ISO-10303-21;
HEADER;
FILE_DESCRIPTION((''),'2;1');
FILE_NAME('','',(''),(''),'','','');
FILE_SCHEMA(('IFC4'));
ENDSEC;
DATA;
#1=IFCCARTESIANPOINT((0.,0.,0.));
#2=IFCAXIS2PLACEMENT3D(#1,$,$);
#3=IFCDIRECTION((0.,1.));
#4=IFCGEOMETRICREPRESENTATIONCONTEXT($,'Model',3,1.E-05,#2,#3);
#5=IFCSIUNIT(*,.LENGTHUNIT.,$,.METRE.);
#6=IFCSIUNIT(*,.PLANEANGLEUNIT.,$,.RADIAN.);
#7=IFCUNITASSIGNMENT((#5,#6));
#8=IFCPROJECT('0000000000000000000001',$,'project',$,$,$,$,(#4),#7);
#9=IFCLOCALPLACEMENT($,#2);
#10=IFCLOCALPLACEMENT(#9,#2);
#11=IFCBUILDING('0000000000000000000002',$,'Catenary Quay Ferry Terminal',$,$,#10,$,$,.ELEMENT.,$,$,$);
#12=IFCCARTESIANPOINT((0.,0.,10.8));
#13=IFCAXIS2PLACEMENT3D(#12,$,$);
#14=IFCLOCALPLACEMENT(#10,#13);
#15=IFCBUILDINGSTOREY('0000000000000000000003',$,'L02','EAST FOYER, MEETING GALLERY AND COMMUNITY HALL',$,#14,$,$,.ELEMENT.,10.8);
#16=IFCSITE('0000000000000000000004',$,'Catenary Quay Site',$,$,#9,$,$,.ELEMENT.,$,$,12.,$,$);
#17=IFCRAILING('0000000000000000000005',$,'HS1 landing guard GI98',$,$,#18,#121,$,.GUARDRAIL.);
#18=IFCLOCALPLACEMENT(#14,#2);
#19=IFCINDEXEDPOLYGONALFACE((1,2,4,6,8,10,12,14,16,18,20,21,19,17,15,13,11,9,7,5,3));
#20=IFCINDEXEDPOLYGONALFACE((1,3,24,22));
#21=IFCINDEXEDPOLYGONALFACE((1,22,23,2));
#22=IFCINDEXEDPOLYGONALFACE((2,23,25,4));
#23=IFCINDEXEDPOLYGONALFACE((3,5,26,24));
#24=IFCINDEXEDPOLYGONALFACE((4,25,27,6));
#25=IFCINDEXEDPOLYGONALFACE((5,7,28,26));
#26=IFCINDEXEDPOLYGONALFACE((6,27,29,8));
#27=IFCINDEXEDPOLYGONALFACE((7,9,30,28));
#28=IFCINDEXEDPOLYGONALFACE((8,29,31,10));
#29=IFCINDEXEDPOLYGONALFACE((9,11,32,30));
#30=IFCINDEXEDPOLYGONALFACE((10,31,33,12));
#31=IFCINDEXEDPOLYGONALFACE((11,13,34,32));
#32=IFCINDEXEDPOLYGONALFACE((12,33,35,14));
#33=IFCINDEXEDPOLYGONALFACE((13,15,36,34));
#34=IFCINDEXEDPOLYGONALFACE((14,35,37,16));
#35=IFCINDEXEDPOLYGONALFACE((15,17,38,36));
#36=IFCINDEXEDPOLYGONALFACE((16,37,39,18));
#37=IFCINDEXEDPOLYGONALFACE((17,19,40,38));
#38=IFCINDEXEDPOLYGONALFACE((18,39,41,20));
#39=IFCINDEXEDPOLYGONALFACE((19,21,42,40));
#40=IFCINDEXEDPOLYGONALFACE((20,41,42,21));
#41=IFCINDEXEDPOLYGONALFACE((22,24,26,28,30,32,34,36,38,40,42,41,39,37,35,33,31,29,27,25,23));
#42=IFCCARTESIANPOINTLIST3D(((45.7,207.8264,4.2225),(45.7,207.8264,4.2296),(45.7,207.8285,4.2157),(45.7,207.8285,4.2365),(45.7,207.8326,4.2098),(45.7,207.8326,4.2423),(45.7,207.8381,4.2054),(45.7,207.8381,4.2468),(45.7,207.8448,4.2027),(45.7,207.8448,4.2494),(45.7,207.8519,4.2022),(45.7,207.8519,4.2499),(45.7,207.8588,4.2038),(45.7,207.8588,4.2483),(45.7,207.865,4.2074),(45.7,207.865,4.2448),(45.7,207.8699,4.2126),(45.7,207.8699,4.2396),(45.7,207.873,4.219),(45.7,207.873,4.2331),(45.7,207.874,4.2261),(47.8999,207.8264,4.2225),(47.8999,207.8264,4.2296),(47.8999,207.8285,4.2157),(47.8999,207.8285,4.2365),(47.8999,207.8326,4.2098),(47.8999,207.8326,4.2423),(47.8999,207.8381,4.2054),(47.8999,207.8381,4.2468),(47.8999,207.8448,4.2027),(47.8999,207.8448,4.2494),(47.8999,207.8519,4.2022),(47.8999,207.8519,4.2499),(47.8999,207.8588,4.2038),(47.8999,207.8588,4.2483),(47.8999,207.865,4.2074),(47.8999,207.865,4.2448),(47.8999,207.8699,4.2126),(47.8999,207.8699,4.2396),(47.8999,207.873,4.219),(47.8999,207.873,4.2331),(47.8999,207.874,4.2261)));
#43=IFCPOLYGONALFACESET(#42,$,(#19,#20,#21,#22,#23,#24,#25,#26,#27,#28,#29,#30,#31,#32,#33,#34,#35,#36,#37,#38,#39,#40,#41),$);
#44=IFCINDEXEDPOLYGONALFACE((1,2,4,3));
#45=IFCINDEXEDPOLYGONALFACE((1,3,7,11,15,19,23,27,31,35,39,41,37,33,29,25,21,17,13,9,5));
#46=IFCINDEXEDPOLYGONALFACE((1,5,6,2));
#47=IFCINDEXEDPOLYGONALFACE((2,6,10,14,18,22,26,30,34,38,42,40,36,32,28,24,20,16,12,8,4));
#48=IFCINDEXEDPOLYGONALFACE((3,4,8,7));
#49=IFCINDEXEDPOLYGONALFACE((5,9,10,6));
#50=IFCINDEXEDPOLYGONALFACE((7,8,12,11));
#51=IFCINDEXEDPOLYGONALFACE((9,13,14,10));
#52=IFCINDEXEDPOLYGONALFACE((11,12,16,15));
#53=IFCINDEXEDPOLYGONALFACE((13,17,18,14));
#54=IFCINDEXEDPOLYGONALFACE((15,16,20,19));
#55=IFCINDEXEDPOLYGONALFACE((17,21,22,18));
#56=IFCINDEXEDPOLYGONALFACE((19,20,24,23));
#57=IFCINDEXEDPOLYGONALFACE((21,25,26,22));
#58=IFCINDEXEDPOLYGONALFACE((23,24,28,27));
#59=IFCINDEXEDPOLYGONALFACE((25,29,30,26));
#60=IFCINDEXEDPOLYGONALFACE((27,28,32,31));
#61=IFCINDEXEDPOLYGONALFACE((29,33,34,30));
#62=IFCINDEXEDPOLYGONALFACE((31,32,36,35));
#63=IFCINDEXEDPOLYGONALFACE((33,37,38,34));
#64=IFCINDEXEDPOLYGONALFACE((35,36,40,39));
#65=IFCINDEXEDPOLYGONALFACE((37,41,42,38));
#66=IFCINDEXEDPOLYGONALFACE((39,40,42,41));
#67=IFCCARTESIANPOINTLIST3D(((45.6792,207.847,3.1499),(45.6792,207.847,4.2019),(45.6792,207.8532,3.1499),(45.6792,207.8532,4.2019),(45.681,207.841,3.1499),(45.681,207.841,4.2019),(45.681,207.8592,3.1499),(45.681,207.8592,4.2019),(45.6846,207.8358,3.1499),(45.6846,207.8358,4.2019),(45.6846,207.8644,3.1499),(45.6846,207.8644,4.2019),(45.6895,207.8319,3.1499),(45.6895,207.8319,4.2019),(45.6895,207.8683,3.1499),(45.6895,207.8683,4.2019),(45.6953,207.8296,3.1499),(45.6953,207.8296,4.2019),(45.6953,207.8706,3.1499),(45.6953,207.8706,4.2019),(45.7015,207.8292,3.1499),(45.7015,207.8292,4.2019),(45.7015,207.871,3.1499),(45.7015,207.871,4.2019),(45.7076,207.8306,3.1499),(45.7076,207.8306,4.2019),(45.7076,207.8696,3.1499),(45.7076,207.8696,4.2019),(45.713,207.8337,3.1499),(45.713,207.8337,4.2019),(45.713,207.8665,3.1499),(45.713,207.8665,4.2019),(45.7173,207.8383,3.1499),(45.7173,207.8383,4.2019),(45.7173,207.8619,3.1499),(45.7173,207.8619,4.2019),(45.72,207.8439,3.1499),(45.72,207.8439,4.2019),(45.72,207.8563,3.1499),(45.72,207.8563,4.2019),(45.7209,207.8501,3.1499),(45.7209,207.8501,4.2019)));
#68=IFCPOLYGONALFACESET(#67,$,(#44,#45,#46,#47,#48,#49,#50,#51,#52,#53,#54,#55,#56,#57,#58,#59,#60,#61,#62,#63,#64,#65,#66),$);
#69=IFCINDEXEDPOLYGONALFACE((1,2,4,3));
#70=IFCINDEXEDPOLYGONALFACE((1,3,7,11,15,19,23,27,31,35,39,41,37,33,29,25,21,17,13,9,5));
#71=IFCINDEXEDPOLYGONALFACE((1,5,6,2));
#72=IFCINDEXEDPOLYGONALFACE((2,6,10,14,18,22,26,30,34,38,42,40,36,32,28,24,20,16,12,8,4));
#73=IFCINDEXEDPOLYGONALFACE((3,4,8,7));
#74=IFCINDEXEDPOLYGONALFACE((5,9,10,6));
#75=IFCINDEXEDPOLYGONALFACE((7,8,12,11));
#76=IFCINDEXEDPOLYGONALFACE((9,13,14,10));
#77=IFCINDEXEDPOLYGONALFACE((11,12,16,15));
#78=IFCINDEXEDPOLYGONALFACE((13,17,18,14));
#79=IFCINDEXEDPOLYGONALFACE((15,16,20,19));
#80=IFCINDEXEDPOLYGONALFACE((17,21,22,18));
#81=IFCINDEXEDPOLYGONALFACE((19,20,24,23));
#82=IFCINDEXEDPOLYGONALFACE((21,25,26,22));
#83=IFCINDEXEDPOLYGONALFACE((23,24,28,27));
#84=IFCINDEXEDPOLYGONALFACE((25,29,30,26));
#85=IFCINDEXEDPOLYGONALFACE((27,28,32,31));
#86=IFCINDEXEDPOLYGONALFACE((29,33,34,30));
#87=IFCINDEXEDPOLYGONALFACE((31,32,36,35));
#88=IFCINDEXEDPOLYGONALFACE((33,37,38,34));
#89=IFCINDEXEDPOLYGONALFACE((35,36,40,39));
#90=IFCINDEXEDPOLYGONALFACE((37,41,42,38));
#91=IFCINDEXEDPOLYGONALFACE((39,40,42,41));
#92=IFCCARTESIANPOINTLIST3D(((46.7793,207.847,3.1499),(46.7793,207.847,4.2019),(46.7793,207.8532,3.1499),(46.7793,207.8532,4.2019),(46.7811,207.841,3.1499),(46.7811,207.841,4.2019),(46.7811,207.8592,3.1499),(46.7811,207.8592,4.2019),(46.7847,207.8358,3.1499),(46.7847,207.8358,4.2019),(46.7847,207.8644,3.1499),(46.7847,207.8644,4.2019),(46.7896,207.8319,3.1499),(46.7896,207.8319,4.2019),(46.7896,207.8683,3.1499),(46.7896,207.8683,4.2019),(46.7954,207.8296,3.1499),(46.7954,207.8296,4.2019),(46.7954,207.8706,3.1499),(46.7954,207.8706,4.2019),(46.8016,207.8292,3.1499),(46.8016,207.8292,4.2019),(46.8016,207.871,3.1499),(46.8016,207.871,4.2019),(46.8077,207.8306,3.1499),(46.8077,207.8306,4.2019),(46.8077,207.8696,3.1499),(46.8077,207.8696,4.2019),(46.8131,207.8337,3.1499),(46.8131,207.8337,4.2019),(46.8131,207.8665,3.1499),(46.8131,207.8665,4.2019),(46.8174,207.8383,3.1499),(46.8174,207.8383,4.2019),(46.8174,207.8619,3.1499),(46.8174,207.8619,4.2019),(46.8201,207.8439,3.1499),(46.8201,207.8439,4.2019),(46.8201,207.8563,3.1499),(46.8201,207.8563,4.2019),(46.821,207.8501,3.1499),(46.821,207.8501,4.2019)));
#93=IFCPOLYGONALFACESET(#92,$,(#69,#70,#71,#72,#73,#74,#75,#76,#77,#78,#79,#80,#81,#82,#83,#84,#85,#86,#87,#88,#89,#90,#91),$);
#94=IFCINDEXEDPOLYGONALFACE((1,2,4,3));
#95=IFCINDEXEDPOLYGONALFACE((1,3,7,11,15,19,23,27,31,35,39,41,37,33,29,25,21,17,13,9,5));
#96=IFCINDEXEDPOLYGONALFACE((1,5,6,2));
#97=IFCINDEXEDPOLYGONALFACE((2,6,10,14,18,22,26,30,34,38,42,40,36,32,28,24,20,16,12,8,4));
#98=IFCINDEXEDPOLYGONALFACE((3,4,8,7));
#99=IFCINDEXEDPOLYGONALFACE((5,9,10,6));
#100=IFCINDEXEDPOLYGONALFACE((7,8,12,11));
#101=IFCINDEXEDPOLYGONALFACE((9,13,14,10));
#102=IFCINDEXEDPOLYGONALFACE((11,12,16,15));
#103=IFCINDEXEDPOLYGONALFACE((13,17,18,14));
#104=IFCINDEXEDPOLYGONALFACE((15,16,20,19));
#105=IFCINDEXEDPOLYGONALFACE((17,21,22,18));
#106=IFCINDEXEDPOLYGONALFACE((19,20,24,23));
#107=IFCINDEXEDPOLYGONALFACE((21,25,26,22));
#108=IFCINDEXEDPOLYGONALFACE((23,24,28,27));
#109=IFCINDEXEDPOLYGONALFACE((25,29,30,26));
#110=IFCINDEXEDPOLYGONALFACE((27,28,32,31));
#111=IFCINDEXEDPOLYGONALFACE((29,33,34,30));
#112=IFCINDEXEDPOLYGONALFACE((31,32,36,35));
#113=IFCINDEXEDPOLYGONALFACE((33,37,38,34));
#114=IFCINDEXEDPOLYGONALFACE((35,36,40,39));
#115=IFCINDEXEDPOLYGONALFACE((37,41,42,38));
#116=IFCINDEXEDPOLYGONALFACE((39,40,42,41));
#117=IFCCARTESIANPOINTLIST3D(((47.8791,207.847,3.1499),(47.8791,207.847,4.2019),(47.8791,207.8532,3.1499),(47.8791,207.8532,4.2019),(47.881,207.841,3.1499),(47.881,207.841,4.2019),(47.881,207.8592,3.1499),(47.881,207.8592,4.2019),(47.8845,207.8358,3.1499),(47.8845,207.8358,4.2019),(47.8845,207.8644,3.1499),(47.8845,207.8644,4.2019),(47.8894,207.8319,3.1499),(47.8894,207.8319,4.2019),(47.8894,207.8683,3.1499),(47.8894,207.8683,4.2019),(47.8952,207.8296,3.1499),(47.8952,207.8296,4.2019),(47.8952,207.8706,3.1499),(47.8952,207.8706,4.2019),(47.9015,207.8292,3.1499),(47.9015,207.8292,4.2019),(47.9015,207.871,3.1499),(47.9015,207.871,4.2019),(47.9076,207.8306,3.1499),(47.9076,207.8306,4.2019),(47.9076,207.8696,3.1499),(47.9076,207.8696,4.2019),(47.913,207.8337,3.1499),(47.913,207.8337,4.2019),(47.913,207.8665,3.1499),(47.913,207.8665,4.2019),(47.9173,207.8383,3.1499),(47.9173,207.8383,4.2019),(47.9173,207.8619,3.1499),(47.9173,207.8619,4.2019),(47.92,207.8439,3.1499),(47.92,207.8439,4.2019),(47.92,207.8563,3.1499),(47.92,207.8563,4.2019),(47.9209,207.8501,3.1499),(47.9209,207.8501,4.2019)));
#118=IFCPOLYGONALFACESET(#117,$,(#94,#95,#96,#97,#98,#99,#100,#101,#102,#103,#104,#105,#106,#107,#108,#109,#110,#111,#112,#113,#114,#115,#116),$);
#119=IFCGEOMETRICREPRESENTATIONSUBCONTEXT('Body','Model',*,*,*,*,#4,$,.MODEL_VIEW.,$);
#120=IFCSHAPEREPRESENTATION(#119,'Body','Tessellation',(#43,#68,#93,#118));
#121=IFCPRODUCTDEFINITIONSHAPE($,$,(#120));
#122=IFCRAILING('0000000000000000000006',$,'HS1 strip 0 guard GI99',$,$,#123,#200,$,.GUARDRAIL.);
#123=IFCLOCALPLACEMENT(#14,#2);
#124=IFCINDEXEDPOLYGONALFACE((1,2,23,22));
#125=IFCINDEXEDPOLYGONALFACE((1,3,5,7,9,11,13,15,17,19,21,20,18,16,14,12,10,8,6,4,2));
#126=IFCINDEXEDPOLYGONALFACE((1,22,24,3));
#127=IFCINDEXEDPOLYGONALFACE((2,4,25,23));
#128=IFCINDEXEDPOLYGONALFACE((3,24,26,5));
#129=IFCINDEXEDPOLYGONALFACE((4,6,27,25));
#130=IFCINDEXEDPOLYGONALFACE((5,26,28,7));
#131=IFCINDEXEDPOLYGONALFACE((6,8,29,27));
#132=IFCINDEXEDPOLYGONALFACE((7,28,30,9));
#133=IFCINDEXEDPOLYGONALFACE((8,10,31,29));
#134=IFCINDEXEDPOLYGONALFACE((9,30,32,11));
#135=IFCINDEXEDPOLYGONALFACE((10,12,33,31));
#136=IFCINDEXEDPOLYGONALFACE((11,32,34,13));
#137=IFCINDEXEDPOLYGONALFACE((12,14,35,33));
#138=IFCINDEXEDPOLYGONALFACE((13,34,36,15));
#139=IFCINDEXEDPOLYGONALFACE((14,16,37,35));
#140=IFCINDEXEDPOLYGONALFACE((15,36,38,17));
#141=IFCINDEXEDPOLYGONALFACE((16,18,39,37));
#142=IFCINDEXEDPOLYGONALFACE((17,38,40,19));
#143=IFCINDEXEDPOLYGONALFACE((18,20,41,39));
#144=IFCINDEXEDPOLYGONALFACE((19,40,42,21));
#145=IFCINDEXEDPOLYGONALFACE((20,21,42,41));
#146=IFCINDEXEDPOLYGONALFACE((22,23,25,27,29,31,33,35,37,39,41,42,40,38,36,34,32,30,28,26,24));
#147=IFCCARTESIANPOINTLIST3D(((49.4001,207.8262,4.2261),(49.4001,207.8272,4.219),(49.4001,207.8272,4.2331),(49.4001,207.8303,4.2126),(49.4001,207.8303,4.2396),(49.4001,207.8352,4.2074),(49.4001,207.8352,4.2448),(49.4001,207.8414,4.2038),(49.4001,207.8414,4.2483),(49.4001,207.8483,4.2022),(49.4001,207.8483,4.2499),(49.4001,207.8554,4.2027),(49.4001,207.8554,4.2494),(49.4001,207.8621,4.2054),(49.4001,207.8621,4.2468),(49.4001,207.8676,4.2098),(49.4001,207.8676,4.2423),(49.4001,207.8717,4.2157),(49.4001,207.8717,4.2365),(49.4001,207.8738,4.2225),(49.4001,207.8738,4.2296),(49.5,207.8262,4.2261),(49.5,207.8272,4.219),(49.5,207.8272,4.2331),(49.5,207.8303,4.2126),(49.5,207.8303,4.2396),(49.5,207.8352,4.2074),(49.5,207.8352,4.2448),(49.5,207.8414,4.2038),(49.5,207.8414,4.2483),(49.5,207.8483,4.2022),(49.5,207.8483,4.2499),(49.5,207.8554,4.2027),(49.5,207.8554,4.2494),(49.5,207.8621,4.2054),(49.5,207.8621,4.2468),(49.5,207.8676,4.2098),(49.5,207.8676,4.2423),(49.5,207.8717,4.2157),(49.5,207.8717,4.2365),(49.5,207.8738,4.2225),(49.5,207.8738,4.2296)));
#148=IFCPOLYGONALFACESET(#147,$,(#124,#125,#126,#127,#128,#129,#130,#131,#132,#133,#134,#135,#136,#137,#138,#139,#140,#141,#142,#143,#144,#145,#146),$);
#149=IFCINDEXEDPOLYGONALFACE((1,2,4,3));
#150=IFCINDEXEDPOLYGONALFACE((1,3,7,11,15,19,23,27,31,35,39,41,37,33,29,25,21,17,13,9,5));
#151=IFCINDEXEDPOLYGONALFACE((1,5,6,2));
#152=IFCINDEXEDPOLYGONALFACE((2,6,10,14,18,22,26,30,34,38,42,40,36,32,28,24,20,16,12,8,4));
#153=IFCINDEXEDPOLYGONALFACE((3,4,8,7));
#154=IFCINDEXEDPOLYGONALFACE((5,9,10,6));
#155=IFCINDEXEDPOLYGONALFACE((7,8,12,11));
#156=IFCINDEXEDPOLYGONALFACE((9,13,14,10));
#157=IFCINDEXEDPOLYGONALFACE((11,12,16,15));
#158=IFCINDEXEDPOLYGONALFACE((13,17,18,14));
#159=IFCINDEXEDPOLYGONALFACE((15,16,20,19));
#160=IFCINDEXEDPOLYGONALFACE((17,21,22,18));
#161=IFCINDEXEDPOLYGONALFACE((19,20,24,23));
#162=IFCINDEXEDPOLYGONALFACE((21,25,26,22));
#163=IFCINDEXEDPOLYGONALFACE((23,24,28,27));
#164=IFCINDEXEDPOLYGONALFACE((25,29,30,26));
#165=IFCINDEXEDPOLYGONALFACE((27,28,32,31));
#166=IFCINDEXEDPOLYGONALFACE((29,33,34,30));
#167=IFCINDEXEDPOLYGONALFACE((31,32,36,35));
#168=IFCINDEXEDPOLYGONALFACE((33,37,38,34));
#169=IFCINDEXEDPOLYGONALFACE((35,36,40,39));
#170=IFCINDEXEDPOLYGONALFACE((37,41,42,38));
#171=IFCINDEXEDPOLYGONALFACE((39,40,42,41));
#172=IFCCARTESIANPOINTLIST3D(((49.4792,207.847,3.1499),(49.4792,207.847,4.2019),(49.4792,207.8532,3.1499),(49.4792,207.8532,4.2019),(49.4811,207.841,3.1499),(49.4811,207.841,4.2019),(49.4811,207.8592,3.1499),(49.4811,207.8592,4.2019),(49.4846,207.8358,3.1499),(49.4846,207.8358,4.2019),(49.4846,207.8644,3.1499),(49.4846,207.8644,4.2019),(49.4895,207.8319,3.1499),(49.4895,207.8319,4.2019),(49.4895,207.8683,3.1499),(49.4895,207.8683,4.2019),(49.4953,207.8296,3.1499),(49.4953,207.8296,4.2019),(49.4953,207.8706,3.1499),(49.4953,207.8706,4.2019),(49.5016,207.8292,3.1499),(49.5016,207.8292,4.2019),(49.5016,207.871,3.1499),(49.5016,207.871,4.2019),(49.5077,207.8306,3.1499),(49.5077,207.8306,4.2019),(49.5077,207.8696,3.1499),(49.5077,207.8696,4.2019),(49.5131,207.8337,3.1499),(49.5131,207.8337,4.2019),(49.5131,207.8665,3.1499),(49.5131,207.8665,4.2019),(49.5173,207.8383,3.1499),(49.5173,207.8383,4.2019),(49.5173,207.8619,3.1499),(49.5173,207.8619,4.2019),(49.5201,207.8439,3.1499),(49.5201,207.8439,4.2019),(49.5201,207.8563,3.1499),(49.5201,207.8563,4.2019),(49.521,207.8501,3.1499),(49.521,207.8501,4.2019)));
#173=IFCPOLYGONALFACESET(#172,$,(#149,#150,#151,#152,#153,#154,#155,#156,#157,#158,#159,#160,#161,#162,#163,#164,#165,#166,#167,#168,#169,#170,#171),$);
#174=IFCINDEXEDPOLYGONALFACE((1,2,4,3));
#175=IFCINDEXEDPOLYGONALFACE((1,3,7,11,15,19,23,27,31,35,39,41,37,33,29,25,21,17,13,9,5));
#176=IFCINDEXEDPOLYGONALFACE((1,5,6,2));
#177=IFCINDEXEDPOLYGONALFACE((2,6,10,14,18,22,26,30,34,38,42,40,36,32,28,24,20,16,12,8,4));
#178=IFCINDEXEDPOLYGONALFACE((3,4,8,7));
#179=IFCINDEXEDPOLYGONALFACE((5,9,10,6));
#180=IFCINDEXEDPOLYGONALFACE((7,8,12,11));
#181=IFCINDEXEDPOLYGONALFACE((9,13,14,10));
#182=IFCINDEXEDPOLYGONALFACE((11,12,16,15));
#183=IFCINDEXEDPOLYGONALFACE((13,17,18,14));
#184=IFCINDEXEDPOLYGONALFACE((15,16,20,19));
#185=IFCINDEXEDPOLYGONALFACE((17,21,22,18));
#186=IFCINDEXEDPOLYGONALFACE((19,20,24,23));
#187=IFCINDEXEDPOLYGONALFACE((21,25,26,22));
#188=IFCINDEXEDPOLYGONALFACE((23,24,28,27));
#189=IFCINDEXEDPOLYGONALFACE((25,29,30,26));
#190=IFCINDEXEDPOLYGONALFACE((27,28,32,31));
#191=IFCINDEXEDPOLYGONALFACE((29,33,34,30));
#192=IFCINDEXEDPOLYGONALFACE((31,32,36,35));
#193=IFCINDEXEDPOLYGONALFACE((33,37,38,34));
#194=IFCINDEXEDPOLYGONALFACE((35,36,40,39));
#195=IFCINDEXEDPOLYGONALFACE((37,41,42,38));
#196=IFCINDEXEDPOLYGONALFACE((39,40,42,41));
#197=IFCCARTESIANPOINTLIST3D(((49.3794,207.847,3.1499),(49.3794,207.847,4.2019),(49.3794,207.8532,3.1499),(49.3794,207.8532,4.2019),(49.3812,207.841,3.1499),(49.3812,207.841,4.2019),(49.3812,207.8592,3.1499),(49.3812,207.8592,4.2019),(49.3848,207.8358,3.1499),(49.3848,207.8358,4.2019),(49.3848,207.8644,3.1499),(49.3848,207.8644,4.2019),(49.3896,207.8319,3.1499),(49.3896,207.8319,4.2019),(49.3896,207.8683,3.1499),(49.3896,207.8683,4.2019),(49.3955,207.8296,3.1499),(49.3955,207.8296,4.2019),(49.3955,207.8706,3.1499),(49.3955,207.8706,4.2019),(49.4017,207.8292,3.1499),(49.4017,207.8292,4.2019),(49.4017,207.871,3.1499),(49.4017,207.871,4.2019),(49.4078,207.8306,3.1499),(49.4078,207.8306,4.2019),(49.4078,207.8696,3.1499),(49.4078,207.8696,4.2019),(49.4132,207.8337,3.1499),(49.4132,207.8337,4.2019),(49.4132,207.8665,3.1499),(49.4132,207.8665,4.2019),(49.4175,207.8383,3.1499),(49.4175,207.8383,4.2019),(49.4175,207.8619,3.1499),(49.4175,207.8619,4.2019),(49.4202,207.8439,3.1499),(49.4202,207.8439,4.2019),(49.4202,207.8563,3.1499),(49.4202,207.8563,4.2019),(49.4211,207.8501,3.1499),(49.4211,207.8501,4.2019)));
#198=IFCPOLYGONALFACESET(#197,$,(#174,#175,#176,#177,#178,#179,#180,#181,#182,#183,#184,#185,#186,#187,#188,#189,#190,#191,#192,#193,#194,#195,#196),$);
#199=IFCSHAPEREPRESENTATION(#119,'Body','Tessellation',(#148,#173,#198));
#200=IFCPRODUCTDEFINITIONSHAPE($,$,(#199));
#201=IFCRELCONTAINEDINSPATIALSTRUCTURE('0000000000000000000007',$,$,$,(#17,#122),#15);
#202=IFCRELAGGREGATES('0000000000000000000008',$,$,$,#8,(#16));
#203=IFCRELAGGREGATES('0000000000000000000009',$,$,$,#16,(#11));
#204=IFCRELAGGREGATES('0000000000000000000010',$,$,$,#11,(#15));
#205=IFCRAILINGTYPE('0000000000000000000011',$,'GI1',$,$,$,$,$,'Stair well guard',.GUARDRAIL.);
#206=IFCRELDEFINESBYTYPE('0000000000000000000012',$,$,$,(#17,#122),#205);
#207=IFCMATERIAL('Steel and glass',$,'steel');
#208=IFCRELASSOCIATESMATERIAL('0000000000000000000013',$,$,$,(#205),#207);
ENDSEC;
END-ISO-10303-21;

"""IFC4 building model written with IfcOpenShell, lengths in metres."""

from ifc_helpers import new_model, si_unit, direction, frame, origin, origin_2d, place, context, subcontext, project, spatial, circle, extrude, material, type_object, element, save


model = new_model("IFC4")

# Units and contexts
model_context = context("Model", 3, precision=1e-05, world=origin(), true_north=direction((0.0, 1.0)))
body_context = subcontext(model_context, "Body", "Model", "MODEL_VIEW")
ifc_project = project(units=[si_unit("LENGTHUNIT", "METRE"), si_unit("PLANEANGLEUNIT", "RADIAN")], contexts=[model_context])

# Site, building, storey
site_placement = place(None, origin())
site = spatial("IfcSite", under=ifc_project, at=site_placement, Name="Catenary Quay Site", CompositionType="ELEMENT", RefElevation=12.0)
building_placement = place(site_placement, origin())
building = spatial("IfcBuilding", under=site, at=building_placement, Name="Catenary Quay Ferry Terminal", CompositionType="ELEMENT")
storey_placement = place(building_placement, frame((0.0, 0.0, 10.8)))
storey = spatial("IfcBuildingStorey", under=building, at=storey_placement, Name="L02", Description="EAST FOYER, MEETING GALLERY AND COMMUNITY HALL", CompositionType="ELEMENT", Elevation=10.8)

# Railings
ifc_material_1 = material(Name="Steel and glass", Category="steel")
railing_type_1 = type_object("IfcRailingType", Name="GI1", ElementType="Stair well guard", PredefinedType="GUARDRAIL", material=ifc_material_1)
railing_1_placement = place(storey_placement, frame((45.7, 207.8501, 3.1499)))
element("IfcRailing", 1, at=railing_1_placement, inside=storey, type_object=railing_type_1, Name="HS1 landing guard GI98", PredefinedType="GUARDRAIL", context=body_context, shape_type="SweptSolid", body=[
    extrude(circle(Radius=0.0239, at=origin_2d()), frame((0.0, 0.0, 1.0762), z_axis=(1.0, 0.0, 0.0), x_axis=(0.0, 1.0, 0.0)), (0.0, 0.0, 1.0), 2.2),
    extrude(circle(Radius=0.021, at=origin_2d()), origin(), (0.0, 0.0, 1.0), 1.052),
    extrude(circle(Radius=0.021, at=origin_2d()), frame((1.1001, 0.0, 0.0)), (0.0, 0.0, 1.0), 1.052),
    extrude(circle(Radius=0.021, at=origin_2d()), frame((2.2, 0.0, 0.0)), (0.0, 0.0, 1.0), 1.052),
])
railing_2_placement = place(storey_placement, frame((49.5, 207.8501, 3.1499)))
element("IfcRailing", 2, at=railing_2_placement, inside=storey, type_object=railing_type_1, Name="HS1 strip 0 guard GI99", PredefinedType="GUARDRAIL", context=body_context, shape_type="SweptSolid", body=[
    extrude(circle(Radius=0.0239, at=origin_2d()), frame((0.0, 0.0, 1.0762), z_axis=(-1.0, 0.0, 0.0), x_axis=(0.0, -1.0, 0.0)), (0.0, 0.0, 1.0), 0.0999),
    extrude(circle(Radius=0.021, at=origin_2d()), origin(), (0.0, 0.0, 1.0), 1.052),
    extrude(circle(Radius=0.021, at=origin_2d()), frame((-0.0999, 0.0, 0.0)), (0.0, 0.0, 1.0), 1.052),
])

save(model, "model.ifc")
